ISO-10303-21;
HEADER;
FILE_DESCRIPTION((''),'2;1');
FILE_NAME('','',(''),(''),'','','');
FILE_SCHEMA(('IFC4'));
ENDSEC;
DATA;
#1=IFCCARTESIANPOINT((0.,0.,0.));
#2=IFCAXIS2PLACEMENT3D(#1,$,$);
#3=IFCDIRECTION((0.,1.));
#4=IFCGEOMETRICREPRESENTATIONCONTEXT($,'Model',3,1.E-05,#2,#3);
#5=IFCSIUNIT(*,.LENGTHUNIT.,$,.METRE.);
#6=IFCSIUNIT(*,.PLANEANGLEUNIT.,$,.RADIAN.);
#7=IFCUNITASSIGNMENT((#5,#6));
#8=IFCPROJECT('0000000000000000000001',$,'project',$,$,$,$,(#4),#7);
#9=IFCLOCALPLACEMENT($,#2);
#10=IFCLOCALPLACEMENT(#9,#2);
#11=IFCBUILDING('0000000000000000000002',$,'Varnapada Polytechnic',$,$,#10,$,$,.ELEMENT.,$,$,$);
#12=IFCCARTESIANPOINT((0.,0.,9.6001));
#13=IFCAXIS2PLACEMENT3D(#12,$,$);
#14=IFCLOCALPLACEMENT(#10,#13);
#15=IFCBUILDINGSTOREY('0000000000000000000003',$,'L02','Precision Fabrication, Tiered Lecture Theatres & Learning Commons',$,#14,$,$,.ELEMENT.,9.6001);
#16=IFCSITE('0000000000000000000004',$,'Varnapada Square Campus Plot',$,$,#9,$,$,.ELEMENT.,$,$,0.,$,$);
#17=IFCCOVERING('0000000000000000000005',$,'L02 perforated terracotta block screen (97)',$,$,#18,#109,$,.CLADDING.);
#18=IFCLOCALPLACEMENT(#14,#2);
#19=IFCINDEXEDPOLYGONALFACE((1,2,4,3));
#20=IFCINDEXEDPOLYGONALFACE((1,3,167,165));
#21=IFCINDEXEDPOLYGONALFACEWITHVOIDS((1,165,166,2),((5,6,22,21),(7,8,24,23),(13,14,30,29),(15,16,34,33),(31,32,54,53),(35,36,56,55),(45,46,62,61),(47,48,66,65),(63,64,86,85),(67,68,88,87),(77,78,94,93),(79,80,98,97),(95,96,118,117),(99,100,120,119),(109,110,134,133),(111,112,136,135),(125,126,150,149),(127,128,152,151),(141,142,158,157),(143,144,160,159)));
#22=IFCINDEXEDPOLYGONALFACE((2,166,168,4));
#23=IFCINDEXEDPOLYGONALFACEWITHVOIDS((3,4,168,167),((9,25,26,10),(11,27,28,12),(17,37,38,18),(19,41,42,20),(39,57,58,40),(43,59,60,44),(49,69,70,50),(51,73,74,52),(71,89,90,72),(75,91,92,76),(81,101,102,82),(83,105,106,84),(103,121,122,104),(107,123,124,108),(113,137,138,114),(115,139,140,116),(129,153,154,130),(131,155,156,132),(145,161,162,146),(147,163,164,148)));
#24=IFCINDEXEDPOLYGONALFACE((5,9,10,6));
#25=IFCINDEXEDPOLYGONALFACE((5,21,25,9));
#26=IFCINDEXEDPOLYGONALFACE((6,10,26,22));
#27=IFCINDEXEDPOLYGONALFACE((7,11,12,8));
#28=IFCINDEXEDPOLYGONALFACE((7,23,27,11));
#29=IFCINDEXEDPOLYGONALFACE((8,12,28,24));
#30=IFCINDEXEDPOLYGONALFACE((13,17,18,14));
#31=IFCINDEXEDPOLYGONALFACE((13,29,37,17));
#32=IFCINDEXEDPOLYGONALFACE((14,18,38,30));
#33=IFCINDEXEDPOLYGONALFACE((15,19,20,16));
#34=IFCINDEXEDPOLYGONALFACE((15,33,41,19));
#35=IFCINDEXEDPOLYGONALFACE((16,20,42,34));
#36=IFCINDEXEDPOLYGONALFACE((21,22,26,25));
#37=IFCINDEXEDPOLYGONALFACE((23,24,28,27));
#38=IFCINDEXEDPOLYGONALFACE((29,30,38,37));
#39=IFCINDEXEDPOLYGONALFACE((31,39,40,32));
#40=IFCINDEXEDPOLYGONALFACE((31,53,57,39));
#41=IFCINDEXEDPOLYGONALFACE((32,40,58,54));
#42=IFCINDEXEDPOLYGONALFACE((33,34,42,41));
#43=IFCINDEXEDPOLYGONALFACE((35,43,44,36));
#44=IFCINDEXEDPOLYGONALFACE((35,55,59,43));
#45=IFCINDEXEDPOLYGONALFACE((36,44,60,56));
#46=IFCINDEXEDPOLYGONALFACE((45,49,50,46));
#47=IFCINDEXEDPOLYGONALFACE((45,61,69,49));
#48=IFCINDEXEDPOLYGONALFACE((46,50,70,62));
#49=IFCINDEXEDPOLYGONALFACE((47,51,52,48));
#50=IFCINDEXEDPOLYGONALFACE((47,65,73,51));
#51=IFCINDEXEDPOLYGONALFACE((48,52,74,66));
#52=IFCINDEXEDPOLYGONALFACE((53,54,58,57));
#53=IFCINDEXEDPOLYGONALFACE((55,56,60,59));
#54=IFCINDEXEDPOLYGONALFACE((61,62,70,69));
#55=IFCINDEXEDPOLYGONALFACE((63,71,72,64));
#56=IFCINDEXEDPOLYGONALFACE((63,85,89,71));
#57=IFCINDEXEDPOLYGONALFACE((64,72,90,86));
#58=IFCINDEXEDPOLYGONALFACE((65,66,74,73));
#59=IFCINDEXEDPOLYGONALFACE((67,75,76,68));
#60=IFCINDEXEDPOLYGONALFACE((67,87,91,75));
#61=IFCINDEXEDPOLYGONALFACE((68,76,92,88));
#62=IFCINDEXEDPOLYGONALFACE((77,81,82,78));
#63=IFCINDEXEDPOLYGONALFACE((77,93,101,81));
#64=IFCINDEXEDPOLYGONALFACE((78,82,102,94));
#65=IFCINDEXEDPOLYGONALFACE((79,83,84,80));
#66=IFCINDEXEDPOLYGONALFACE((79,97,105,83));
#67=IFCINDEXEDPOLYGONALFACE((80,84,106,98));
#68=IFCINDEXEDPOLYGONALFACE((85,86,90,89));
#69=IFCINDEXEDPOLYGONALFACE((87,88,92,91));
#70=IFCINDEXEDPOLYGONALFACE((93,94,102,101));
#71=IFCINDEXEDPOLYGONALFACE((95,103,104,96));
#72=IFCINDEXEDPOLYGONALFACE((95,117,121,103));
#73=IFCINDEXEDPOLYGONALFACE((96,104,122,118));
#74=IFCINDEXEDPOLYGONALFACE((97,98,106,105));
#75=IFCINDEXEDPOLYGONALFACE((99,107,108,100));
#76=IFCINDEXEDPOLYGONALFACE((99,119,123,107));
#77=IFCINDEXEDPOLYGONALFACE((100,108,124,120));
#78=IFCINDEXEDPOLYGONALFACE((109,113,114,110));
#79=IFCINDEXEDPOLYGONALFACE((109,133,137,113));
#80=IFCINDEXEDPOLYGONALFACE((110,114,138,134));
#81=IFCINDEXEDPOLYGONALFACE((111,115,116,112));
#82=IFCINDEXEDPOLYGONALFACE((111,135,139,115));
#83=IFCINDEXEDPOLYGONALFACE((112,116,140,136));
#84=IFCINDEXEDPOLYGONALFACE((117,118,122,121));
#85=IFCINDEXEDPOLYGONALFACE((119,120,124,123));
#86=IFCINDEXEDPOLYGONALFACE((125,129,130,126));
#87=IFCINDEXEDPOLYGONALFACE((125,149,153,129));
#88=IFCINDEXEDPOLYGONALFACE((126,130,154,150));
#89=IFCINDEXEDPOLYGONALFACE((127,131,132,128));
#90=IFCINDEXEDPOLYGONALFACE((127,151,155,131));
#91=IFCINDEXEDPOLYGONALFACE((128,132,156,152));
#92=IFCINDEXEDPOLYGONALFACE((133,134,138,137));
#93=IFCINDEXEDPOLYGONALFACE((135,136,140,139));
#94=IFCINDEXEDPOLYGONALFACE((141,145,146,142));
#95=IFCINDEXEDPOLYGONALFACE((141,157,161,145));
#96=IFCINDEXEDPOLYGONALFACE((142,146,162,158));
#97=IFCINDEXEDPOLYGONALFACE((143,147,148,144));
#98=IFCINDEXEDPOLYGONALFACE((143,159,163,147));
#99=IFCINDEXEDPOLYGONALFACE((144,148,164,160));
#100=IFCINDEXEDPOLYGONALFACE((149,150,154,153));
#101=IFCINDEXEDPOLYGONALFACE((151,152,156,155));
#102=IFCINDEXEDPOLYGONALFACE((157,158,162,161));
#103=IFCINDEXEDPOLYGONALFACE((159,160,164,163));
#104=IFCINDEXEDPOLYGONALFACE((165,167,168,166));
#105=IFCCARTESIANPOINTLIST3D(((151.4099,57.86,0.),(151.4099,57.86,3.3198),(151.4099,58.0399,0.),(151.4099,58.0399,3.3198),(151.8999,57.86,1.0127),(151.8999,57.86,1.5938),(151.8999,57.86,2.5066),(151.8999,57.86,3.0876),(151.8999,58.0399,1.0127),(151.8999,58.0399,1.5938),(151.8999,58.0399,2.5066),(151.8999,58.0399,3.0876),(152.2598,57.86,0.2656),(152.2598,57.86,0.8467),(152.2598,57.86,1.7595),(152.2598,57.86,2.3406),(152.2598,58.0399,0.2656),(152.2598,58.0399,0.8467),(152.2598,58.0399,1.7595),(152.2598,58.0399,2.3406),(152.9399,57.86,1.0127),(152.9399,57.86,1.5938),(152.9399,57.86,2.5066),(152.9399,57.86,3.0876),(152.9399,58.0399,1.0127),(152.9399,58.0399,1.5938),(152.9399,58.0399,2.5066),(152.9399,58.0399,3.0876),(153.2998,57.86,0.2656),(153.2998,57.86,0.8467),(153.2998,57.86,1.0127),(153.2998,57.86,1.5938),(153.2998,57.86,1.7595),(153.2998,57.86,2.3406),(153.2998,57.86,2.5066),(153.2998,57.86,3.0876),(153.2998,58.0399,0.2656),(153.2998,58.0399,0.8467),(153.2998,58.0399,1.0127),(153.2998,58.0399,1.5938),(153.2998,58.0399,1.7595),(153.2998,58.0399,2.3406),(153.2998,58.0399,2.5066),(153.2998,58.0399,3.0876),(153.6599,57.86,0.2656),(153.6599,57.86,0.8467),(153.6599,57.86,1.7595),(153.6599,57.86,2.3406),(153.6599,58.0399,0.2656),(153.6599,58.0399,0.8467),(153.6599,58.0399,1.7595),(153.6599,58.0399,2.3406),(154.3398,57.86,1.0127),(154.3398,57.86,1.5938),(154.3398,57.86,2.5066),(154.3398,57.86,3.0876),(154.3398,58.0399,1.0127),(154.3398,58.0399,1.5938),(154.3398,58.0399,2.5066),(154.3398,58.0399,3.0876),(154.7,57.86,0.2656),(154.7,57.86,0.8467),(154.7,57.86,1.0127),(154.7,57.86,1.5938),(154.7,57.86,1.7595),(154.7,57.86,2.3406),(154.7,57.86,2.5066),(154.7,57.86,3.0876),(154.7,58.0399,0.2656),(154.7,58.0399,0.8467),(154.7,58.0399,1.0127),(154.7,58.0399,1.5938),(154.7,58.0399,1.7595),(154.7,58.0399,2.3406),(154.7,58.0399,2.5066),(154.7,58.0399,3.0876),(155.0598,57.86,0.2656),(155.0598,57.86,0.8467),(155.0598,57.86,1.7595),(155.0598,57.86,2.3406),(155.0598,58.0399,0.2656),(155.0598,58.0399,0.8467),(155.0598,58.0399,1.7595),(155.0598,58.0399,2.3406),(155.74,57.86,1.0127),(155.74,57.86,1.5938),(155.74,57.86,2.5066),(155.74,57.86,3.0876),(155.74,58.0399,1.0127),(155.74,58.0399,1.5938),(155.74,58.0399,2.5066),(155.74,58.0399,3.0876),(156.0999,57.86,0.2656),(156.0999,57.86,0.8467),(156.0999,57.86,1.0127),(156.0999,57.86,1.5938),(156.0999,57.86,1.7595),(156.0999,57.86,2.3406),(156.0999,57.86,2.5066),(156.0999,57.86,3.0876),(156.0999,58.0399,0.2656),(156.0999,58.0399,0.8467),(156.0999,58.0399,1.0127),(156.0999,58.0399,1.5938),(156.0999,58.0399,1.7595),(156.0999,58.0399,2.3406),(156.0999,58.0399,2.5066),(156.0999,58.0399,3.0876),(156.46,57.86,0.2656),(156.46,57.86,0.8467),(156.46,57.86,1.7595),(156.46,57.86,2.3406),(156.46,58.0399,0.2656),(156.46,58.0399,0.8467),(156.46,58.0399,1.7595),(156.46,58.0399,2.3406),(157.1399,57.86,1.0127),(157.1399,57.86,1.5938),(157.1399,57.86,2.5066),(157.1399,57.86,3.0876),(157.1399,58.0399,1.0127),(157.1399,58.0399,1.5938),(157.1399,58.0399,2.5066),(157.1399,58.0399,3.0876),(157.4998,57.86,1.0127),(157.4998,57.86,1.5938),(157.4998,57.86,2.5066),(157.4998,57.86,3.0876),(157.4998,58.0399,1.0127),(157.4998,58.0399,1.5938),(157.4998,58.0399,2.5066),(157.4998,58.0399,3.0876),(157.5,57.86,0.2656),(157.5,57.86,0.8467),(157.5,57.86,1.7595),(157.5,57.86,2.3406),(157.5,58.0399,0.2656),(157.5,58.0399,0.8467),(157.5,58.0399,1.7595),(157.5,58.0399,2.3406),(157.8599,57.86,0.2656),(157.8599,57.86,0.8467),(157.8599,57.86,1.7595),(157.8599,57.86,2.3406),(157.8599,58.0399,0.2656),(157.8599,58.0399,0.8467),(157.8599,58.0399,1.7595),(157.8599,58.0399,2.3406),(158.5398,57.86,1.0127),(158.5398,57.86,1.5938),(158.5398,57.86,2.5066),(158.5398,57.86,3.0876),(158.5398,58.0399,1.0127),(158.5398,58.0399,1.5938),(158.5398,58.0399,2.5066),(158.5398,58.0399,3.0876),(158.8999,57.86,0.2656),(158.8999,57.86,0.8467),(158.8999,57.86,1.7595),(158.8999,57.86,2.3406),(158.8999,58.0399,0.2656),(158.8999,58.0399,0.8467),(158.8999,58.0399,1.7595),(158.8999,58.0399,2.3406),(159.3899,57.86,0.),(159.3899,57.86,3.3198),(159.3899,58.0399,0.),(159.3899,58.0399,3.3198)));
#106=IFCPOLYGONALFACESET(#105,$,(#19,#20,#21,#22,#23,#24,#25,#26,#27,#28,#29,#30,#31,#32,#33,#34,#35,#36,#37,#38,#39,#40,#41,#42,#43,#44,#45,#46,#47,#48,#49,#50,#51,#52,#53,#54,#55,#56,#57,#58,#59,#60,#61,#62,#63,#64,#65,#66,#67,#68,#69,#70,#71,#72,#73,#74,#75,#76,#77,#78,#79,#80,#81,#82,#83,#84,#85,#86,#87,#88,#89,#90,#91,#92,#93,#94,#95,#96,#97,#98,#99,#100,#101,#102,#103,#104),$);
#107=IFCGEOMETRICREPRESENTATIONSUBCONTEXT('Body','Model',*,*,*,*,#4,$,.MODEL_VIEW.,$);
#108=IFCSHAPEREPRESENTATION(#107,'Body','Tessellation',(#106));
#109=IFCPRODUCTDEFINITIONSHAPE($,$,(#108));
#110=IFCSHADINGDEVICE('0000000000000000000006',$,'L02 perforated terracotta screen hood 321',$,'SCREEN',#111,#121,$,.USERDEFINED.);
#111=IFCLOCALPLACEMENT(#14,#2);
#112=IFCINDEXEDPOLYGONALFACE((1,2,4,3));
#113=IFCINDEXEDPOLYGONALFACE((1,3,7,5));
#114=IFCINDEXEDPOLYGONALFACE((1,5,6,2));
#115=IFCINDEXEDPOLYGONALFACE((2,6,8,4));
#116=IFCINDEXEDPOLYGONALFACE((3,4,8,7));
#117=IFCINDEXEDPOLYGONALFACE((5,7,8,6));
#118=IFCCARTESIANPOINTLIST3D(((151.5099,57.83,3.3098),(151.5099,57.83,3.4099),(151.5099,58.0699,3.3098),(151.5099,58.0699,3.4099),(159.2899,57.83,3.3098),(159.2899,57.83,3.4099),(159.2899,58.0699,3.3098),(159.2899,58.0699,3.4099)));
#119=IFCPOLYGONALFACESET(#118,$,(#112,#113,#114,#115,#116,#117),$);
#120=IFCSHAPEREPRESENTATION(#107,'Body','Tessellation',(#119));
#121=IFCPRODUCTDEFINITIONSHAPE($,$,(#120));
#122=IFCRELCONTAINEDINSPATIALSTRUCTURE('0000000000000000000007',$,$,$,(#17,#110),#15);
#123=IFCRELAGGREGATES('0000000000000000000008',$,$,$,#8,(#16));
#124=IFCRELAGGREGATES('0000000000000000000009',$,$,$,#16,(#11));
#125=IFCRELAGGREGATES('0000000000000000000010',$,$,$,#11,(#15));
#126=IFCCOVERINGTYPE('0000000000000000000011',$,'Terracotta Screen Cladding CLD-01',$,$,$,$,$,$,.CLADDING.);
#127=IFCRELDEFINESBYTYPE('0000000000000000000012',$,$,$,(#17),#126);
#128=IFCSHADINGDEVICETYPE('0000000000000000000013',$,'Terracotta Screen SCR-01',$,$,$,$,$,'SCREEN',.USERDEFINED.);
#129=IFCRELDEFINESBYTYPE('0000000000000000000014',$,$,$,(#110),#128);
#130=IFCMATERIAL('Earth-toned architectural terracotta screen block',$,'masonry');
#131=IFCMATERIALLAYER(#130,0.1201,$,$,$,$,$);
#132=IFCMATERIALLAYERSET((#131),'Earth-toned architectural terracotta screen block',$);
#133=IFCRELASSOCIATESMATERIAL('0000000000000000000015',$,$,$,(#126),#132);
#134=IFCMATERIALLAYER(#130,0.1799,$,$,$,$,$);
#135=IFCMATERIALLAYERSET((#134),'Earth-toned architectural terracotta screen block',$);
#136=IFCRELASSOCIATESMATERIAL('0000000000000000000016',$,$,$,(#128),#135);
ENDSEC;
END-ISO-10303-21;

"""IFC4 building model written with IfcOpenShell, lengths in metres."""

from ifc_helpers import new_model, si_unit, direction, frame, frame_2d, origin, origin_2d, place, context, subcontext, project, spatial, rectangle, extrude, material, layer, layer_set, type_object, element, save


model = new_model("IFC4")

# Units and contexts
model_context = context("Model", 3, precision=1e-05, world=origin(), true_north=direction((0.0, 1.0)))
body_context = subcontext(model_context, "Body", "Model", "MODEL_VIEW")
ifc_project = project(units=[si_unit("LENGTHUNIT", "METRE"), si_unit("PLANEANGLEUNIT", "RADIAN")], contexts=[model_context])

# Site, building, storey
site_placement = place(None, origin())
site = spatial("IfcSite", under=ifc_project, at=site_placement, Name="Varnapada Square Campus Plot", CompositionType="ELEMENT", RefElevation=0.0)
building_placement = place(site_placement, origin())
building = spatial("IfcBuilding", under=site, at=building_placement, Name="Varnapada Polytechnic", CompositionType="ELEMENT")
storey_placement = place(building_placement, frame((0.0, 0.0, 9.6001)))
storey = spatial("IfcBuildingStorey", under=building, at=storey_placement, Name="L02", Description="Precision Fabrication, Tiered Lecture Theatres & Learning Commons", CompositionType="ELEMENT", Elevation=9.6001)

# Covering, openings
ifc_material_1 = material(Name="Earth-toned architectural terracotta screen block", Category="masonry")
ifc_layer_1 = layer(ifc_material_1, 0.1201)
ifc_layer_set_1 = layer_set([ifc_layer_1], Name="Earth-toned architectural terracotta screen block")
covering_type = type_object("IfcCoveringType", Name="Terracotta Screen Cladding CLD-01", PredefinedType="CLADDING", material=ifc_layer_set_1)
covering_placement = place(storey_placement, frame((159.3899, 57.95, 0.0), z_axis=(0.0, 0.0, 1.0), x_axis=(-1.0, 0.0, 0.0)))
covering = element("IfcCovering", 1, at=covering_placement, inside=storey, type_object=covering_type, Name="L02 perforated terracotta block screen (97)", PredefinedType="CLADDING", context=body_context, shape_type="SweptSolid", body=[
    extrude(rectangle(XDim=7.98, YDim=0.1799, at=frame_2d((3.99, 0.0))), origin(), (0.0, 0.0, 1.0), 3.3198),
])
opening_1_placement = place(covering_placement, frame((0.49, 0.0, 0.2656)))
element("IfcOpeningElement", 2, at=opening_1_placement, cuts=covering, PredefinedType="OPENING", context=body_context, shape_type="SweptSolid", body=[
    extrude(rectangle(XDim=1.04, YDim=0.5811, at=frame_2d((0.52, 0.2905))), frame((0.0, 0.0999, 0.0), z_axis=(0.0, -1.0, 0.0), x_axis=(1.0, 0.0, 0.0)), (0.0, 0.0, 1.0), 0.2),
])
opening_2_placement = place(covering_placement, frame((1.8899, 0.0, 0.2656)))
element("IfcOpeningElement", 3, at=opening_2_placement, cuts=covering, PredefinedType="OPENING", context=body_context, shape_type="SweptSolid", body=[
    extrude(rectangle(XDim=1.04, YDim=0.5811, at=frame_2d((0.52, 0.2905))), frame((0.0, 0.0999, 0.0), z_axis=(0.0, -1.0, 0.0), x_axis=(1.0, 0.0, 0.0)), (0.0, 0.0, 1.0), 0.2),
])
opening_3_placement = place(covering_placement, frame((3.29, 0.0, 0.2656)))
element("IfcOpeningElement", 4, at=opening_3_placement, cuts=covering, PredefinedType="OPENING", context=body_context, shape_type="SweptSolid", body=[
    extrude(rectangle(XDim=1.04, YDim=0.5811, at=frame_2d((0.52, 0.2905))), frame((0.0, 0.0999, 0.0), z_axis=(0.0, -1.0, 0.0), x_axis=(1.0, 0.0, 0.0)), (0.0, 0.0, 1.0), 0.2),
])
opening_4_placement = place(covering_placement, frame((4.6899, 0.0, 0.2656)))
element("IfcOpeningElement", 5, at=opening_4_placement, cuts=covering, PredefinedType="OPENING", context=body_context, shape_type="SweptSolid", body=[
    extrude(rectangle(XDim=1.04, YDim=0.5811, at=frame_2d((0.52, 0.2905))), frame((0.0, 0.0999, 0.0), z_axis=(0.0, -1.0, 0.0), x_axis=(1.0, 0.0, 0.0)), (0.0, 0.0, 1.0), 0.2),
])
opening_5_placement = place(covering_placement, frame((6.0901, 0.0, 0.2656)))
element("IfcOpeningElement", 6, at=opening_5_placement, cuts=covering, PredefinedType="OPENING", context=body_context, shape_type="SweptSolid", body=[
    extrude(rectangle(XDim=1.04, YDim=0.5811, at=frame_2d((0.52, 0.2905))), frame((0.0, 0.0999, 0.0), z_axis=(0.0, -1.0, 0.0), x_axis=(1.0, 0.0, 0.0)), (0.0, 0.0, 1.0), 0.2),
])
opening_6_placement = place(covering_placement, frame((0.8501, 0.0, 1.0127)))
element("IfcOpeningElement", 7, at=opening_6_placement, cuts=covering, PredefinedType="OPENING", context=body_context, shape_type="SweptSolid", body=[
    extrude(rectangle(XDim=1.04, YDim=0.5811, at=frame_2d((0.52, 0.2905))), frame((0.0, 0.0999, 0.0), z_axis=(0.0, -1.0, 0.0), x_axis=(1.0, 0.0, 0.0)), (0.0, 0.0, 1.0), 0.2),
])
opening_7_placement = place(covering_placement, frame((2.25, 0.0, 1.0127)))
element("IfcOpeningElement", 8, at=opening_7_placement, cuts=covering, PredefinedType="OPENING", context=body_context, shape_type="SweptSolid", body=[
    extrude(rectangle(XDim=1.04, YDim=0.5811, at=frame_2d((0.52, 0.2905))), frame((0.0, 0.0999, 0.0), z_axis=(0.0, -1.0, 0.0), x_axis=(1.0, 0.0, 0.0)), (0.0, 0.0, 1.0), 0.2),
])
opening_8_placement = place(covering_placement, frame((3.6499, 0.0, 1.0127)))
element("IfcOpeningElement", 9, at=opening_8_placement, cuts=covering, PredefinedType="OPENING", context=body_context, shape_type="SweptSolid", body=[
    extrude(rectangle(XDim=1.04, YDim=0.5811, at=frame_2d((0.52, 0.2905))), frame((0.0, 0.0999, 0.0), z_axis=(0.0, -1.0, 0.0), x_axis=(1.0, 0.0, 0.0)), (0.0, 0.0, 1.0), 0.2),
])
opening_9_placement = place(covering_placement, frame((5.05, 0.0, 1.0127)))
element("IfcOpeningElement", 10, at=opening_9_placement, cuts=covering, PredefinedType="OPENING", context=body_context, shape_type="SweptSolid", body=[
    extrude(rectangle(XDim=1.04, YDim=0.5811, at=frame_2d((0.52, 0.2905))), frame((0.0, 0.0999, 0.0), z_axis=(0.0, -1.0, 0.0), x_axis=(1.0, 0.0, 0.0)), (0.0, 0.0, 1.0), 0.2),
])
opening_10_placement = place(covering_placement, frame((6.45, 0.0, 1.0127)))
element("IfcOpeningElement", 11, at=opening_10_placement, cuts=covering, PredefinedType="OPENING", context=body_context, shape_type="SweptSolid", body=[
    extrude(rectangle(XDim=1.04, YDim=0.5811, at=frame_2d((0.52, 0.2905))), frame((0.0, 0.0999, 0.0), z_axis=(0.0, -1.0, 0.0), x_axis=(1.0, 0.0, 0.0)), (0.0, 0.0, 1.0), 0.2),
])
opening_11_placement = place(covering_placement, frame((0.49, 0.0, 1.7595)))
element("IfcOpeningElement", 12, at=opening_11_placement, cuts=covering, PredefinedType="OPENING", context=body_context, shape_type="SweptSolid", body=[
    extrude(rectangle(XDim=1.04, YDim=0.5811, at=frame_2d((0.52, 0.2905))), frame((0.0, 0.0999, 0.0), z_axis=(0.0, -1.0, 0.0), x_axis=(1.0, 0.0, 0.0)), (0.0, 0.0, 1.0), 0.2),
])
opening_12_placement = place(covering_placement, frame((1.8899, 0.0, 1.7595)))
element("IfcOpeningElement", 13, at=opening_12_placement, cuts=covering, PredefinedType="OPENING", context=body_context, shape_type="SweptSolid", body=[
    extrude(rectangle(XDim=1.04, YDim=0.5811, at=frame_2d((0.52, 0.2905))), frame((0.0, 0.0999, 0.0), z_axis=(0.0, -1.0, 0.0), x_axis=(1.0, 0.0, 0.0)), (0.0, 0.0, 1.0), 0.2),
])
opening_13_placement = place(covering_placement, frame((3.29, 0.0, 1.7595)))
element("IfcOpeningElement", 14, at=opening_13_placement, cuts=covering, PredefinedType="OPENING", context=body_context, shape_type="SweptSolid", body=[
    extrude(rectangle(XDim=1.04, YDim=0.5811, at=frame_2d((0.52, 0.2905))), frame((0.0, 0.0999, 0.0), z_axis=(0.0, -1.0, 0.0), x_axis=(1.0, 0.0, 0.0)), (0.0, 0.0, 1.0), 0.2),
])
opening_14_placement = place(covering_placement, frame((4.6899, 0.0, 1.7595)))
element("IfcOpeningElement", 15, at=opening_14_placement, cuts=covering, PredefinedType="OPENING", context=body_context, shape_type="SweptSolid", body=[
    extrude(rectangle(XDim=1.04, YDim=0.5811, at=frame_2d((0.52, 0.2905))), frame((0.0, 0.0999, 0.0), z_axis=(0.0, -1.0, 0.0), x_axis=(1.0, 0.0, 0.0)), (0.0, 0.0, 1.0), 0.2),
])
opening_15_placement = place(covering_placement, frame((6.0901, 0.0, 1.7595)))
element("IfcOpeningElement", 16, at=opening_15_placement, cuts=covering, PredefinedType="OPENING", context=body_context, shape_type="SweptSolid", body=[
    extrude(rectangle(XDim=1.04, YDim=0.5811, at=frame_2d((0.52, 0.2905))), frame((0.0, 0.0999, 0.0), z_axis=(0.0, -1.0, 0.0), x_axis=(1.0, 0.0, 0.0)), (0.0, 0.0, 1.0), 0.2),
])
opening_16_placement = place(covering_placement, frame((0.8501, 0.0, 2.5066)))
element("IfcOpeningElement", 17, at=opening_16_placement, cuts=covering, PredefinedType="OPENING", context=body_context, shape_type="SweptSolid", body=[
    extrude(rectangle(XDim=1.04, YDim=0.5811, at=frame_2d((0.52, 0.2905))), frame((0.0, 0.0999, 0.0), z_axis=(0.0, -1.0, 0.0), x_axis=(1.0, 0.0, 0.0)), (0.0, 0.0, 1.0), 0.2),
])
opening_17_placement = place(covering_placement, frame((2.25, 0.0, 2.5066)))
element("IfcOpeningElement", 18, at=opening_17_placement, cuts=covering, PredefinedType="OPENING", context=body_context, shape_type="SweptSolid", body=[
    extrude(rectangle(XDim=1.04, YDim=0.5811, at=frame_2d((0.52, 0.2905))), frame((0.0, 0.0999, 0.0), z_axis=(0.0, -1.0, 0.0), x_axis=(1.0, 0.0, 0.0)), (0.0, 0.0, 1.0), 0.2),
])
opening_18_placement = place(covering_placement, frame((3.6499, 0.0, 2.5066)))
element("IfcOpeningElement", 19, at=opening_18_placement, cuts=covering, PredefinedType="OPENING", context=body_context, shape_type="SweptSolid", body=[
    extrude(rectangle(XDim=1.04, YDim=0.5811, at=frame_2d((0.52, 0.2905))), frame((0.0, 0.0999, 0.0), z_axis=(0.0, -1.0, 0.0), x_axis=(1.0, 0.0, 0.0)), (0.0, 0.0, 1.0), 0.2),
])
opening_19_placement = place(covering_placement, frame((5.05, 0.0, 2.5066)))
element("IfcOpeningElement", 20, at=opening_19_placement, cuts=covering, PredefinedType="OPENING", context=body_context, shape_type="SweptSolid", body=[
    extrude(rectangle(XDim=1.04, YDim=0.5811, at=frame_2d((0.52, 0.2905))), frame((0.0, 0.0999, 0.0), z_axis=(0.0, -1.0, 0.0), x_axis=(1.0, 0.0, 0.0)), (0.0, 0.0, 1.0), 0.2),
])
opening_20_placement = place(covering_placement, frame((6.45, 0.0, 2.5066)))
element("IfcOpeningElement", 21, at=opening_20_placement, cuts=covering, PredefinedType="OPENING", context=body_context, shape_type="SweptSolid", body=[
    extrude(rectangle(XDim=1.04, YDim=0.5811, at=frame_2d((0.52, 0.2905))), frame((0.0, 0.0999, 0.0), z_axis=(0.0, -1.0, 0.0), x_axis=(1.0, 0.0, 0.0)), (0.0, 0.0, 1.0), 0.2),
])

# Shading device
ifc_layer_2 = layer(ifc_material_1, 0.1799)
ifc_layer_set_2 = layer_set([ifc_layer_2], Name="Earth-toned architectural terracotta screen block")
shading_device_type = type_object("IfcShadingDeviceType", Name="Terracotta Screen SCR-01", ElementType="SCREEN", PredefinedType="USERDEFINED", material=ifc_layer_set_2)
shading_device_placement = place(storey_placement, frame((155.3999, 57.95, 3.3098), z_axis=(0.0, 0.0, 1.0), x_axis=(-1.0, 0.0, 0.0)))
element("IfcShadingDevice", 22, at=shading_device_placement, inside=storey, type_object=shading_device_type, Name="L02 perforated terracotta screen hood 321", ObjectType="SCREEN", PredefinedType="USERDEFINED", context=body_context, shape_type="SweptSolid", body=[
    extrude(rectangle(XDim=7.78, YDim=0.24, at=origin_2d()), origin(), (0.0, 0.0, 1.0), 0.1001),
])

save(model, "model.ifc")
